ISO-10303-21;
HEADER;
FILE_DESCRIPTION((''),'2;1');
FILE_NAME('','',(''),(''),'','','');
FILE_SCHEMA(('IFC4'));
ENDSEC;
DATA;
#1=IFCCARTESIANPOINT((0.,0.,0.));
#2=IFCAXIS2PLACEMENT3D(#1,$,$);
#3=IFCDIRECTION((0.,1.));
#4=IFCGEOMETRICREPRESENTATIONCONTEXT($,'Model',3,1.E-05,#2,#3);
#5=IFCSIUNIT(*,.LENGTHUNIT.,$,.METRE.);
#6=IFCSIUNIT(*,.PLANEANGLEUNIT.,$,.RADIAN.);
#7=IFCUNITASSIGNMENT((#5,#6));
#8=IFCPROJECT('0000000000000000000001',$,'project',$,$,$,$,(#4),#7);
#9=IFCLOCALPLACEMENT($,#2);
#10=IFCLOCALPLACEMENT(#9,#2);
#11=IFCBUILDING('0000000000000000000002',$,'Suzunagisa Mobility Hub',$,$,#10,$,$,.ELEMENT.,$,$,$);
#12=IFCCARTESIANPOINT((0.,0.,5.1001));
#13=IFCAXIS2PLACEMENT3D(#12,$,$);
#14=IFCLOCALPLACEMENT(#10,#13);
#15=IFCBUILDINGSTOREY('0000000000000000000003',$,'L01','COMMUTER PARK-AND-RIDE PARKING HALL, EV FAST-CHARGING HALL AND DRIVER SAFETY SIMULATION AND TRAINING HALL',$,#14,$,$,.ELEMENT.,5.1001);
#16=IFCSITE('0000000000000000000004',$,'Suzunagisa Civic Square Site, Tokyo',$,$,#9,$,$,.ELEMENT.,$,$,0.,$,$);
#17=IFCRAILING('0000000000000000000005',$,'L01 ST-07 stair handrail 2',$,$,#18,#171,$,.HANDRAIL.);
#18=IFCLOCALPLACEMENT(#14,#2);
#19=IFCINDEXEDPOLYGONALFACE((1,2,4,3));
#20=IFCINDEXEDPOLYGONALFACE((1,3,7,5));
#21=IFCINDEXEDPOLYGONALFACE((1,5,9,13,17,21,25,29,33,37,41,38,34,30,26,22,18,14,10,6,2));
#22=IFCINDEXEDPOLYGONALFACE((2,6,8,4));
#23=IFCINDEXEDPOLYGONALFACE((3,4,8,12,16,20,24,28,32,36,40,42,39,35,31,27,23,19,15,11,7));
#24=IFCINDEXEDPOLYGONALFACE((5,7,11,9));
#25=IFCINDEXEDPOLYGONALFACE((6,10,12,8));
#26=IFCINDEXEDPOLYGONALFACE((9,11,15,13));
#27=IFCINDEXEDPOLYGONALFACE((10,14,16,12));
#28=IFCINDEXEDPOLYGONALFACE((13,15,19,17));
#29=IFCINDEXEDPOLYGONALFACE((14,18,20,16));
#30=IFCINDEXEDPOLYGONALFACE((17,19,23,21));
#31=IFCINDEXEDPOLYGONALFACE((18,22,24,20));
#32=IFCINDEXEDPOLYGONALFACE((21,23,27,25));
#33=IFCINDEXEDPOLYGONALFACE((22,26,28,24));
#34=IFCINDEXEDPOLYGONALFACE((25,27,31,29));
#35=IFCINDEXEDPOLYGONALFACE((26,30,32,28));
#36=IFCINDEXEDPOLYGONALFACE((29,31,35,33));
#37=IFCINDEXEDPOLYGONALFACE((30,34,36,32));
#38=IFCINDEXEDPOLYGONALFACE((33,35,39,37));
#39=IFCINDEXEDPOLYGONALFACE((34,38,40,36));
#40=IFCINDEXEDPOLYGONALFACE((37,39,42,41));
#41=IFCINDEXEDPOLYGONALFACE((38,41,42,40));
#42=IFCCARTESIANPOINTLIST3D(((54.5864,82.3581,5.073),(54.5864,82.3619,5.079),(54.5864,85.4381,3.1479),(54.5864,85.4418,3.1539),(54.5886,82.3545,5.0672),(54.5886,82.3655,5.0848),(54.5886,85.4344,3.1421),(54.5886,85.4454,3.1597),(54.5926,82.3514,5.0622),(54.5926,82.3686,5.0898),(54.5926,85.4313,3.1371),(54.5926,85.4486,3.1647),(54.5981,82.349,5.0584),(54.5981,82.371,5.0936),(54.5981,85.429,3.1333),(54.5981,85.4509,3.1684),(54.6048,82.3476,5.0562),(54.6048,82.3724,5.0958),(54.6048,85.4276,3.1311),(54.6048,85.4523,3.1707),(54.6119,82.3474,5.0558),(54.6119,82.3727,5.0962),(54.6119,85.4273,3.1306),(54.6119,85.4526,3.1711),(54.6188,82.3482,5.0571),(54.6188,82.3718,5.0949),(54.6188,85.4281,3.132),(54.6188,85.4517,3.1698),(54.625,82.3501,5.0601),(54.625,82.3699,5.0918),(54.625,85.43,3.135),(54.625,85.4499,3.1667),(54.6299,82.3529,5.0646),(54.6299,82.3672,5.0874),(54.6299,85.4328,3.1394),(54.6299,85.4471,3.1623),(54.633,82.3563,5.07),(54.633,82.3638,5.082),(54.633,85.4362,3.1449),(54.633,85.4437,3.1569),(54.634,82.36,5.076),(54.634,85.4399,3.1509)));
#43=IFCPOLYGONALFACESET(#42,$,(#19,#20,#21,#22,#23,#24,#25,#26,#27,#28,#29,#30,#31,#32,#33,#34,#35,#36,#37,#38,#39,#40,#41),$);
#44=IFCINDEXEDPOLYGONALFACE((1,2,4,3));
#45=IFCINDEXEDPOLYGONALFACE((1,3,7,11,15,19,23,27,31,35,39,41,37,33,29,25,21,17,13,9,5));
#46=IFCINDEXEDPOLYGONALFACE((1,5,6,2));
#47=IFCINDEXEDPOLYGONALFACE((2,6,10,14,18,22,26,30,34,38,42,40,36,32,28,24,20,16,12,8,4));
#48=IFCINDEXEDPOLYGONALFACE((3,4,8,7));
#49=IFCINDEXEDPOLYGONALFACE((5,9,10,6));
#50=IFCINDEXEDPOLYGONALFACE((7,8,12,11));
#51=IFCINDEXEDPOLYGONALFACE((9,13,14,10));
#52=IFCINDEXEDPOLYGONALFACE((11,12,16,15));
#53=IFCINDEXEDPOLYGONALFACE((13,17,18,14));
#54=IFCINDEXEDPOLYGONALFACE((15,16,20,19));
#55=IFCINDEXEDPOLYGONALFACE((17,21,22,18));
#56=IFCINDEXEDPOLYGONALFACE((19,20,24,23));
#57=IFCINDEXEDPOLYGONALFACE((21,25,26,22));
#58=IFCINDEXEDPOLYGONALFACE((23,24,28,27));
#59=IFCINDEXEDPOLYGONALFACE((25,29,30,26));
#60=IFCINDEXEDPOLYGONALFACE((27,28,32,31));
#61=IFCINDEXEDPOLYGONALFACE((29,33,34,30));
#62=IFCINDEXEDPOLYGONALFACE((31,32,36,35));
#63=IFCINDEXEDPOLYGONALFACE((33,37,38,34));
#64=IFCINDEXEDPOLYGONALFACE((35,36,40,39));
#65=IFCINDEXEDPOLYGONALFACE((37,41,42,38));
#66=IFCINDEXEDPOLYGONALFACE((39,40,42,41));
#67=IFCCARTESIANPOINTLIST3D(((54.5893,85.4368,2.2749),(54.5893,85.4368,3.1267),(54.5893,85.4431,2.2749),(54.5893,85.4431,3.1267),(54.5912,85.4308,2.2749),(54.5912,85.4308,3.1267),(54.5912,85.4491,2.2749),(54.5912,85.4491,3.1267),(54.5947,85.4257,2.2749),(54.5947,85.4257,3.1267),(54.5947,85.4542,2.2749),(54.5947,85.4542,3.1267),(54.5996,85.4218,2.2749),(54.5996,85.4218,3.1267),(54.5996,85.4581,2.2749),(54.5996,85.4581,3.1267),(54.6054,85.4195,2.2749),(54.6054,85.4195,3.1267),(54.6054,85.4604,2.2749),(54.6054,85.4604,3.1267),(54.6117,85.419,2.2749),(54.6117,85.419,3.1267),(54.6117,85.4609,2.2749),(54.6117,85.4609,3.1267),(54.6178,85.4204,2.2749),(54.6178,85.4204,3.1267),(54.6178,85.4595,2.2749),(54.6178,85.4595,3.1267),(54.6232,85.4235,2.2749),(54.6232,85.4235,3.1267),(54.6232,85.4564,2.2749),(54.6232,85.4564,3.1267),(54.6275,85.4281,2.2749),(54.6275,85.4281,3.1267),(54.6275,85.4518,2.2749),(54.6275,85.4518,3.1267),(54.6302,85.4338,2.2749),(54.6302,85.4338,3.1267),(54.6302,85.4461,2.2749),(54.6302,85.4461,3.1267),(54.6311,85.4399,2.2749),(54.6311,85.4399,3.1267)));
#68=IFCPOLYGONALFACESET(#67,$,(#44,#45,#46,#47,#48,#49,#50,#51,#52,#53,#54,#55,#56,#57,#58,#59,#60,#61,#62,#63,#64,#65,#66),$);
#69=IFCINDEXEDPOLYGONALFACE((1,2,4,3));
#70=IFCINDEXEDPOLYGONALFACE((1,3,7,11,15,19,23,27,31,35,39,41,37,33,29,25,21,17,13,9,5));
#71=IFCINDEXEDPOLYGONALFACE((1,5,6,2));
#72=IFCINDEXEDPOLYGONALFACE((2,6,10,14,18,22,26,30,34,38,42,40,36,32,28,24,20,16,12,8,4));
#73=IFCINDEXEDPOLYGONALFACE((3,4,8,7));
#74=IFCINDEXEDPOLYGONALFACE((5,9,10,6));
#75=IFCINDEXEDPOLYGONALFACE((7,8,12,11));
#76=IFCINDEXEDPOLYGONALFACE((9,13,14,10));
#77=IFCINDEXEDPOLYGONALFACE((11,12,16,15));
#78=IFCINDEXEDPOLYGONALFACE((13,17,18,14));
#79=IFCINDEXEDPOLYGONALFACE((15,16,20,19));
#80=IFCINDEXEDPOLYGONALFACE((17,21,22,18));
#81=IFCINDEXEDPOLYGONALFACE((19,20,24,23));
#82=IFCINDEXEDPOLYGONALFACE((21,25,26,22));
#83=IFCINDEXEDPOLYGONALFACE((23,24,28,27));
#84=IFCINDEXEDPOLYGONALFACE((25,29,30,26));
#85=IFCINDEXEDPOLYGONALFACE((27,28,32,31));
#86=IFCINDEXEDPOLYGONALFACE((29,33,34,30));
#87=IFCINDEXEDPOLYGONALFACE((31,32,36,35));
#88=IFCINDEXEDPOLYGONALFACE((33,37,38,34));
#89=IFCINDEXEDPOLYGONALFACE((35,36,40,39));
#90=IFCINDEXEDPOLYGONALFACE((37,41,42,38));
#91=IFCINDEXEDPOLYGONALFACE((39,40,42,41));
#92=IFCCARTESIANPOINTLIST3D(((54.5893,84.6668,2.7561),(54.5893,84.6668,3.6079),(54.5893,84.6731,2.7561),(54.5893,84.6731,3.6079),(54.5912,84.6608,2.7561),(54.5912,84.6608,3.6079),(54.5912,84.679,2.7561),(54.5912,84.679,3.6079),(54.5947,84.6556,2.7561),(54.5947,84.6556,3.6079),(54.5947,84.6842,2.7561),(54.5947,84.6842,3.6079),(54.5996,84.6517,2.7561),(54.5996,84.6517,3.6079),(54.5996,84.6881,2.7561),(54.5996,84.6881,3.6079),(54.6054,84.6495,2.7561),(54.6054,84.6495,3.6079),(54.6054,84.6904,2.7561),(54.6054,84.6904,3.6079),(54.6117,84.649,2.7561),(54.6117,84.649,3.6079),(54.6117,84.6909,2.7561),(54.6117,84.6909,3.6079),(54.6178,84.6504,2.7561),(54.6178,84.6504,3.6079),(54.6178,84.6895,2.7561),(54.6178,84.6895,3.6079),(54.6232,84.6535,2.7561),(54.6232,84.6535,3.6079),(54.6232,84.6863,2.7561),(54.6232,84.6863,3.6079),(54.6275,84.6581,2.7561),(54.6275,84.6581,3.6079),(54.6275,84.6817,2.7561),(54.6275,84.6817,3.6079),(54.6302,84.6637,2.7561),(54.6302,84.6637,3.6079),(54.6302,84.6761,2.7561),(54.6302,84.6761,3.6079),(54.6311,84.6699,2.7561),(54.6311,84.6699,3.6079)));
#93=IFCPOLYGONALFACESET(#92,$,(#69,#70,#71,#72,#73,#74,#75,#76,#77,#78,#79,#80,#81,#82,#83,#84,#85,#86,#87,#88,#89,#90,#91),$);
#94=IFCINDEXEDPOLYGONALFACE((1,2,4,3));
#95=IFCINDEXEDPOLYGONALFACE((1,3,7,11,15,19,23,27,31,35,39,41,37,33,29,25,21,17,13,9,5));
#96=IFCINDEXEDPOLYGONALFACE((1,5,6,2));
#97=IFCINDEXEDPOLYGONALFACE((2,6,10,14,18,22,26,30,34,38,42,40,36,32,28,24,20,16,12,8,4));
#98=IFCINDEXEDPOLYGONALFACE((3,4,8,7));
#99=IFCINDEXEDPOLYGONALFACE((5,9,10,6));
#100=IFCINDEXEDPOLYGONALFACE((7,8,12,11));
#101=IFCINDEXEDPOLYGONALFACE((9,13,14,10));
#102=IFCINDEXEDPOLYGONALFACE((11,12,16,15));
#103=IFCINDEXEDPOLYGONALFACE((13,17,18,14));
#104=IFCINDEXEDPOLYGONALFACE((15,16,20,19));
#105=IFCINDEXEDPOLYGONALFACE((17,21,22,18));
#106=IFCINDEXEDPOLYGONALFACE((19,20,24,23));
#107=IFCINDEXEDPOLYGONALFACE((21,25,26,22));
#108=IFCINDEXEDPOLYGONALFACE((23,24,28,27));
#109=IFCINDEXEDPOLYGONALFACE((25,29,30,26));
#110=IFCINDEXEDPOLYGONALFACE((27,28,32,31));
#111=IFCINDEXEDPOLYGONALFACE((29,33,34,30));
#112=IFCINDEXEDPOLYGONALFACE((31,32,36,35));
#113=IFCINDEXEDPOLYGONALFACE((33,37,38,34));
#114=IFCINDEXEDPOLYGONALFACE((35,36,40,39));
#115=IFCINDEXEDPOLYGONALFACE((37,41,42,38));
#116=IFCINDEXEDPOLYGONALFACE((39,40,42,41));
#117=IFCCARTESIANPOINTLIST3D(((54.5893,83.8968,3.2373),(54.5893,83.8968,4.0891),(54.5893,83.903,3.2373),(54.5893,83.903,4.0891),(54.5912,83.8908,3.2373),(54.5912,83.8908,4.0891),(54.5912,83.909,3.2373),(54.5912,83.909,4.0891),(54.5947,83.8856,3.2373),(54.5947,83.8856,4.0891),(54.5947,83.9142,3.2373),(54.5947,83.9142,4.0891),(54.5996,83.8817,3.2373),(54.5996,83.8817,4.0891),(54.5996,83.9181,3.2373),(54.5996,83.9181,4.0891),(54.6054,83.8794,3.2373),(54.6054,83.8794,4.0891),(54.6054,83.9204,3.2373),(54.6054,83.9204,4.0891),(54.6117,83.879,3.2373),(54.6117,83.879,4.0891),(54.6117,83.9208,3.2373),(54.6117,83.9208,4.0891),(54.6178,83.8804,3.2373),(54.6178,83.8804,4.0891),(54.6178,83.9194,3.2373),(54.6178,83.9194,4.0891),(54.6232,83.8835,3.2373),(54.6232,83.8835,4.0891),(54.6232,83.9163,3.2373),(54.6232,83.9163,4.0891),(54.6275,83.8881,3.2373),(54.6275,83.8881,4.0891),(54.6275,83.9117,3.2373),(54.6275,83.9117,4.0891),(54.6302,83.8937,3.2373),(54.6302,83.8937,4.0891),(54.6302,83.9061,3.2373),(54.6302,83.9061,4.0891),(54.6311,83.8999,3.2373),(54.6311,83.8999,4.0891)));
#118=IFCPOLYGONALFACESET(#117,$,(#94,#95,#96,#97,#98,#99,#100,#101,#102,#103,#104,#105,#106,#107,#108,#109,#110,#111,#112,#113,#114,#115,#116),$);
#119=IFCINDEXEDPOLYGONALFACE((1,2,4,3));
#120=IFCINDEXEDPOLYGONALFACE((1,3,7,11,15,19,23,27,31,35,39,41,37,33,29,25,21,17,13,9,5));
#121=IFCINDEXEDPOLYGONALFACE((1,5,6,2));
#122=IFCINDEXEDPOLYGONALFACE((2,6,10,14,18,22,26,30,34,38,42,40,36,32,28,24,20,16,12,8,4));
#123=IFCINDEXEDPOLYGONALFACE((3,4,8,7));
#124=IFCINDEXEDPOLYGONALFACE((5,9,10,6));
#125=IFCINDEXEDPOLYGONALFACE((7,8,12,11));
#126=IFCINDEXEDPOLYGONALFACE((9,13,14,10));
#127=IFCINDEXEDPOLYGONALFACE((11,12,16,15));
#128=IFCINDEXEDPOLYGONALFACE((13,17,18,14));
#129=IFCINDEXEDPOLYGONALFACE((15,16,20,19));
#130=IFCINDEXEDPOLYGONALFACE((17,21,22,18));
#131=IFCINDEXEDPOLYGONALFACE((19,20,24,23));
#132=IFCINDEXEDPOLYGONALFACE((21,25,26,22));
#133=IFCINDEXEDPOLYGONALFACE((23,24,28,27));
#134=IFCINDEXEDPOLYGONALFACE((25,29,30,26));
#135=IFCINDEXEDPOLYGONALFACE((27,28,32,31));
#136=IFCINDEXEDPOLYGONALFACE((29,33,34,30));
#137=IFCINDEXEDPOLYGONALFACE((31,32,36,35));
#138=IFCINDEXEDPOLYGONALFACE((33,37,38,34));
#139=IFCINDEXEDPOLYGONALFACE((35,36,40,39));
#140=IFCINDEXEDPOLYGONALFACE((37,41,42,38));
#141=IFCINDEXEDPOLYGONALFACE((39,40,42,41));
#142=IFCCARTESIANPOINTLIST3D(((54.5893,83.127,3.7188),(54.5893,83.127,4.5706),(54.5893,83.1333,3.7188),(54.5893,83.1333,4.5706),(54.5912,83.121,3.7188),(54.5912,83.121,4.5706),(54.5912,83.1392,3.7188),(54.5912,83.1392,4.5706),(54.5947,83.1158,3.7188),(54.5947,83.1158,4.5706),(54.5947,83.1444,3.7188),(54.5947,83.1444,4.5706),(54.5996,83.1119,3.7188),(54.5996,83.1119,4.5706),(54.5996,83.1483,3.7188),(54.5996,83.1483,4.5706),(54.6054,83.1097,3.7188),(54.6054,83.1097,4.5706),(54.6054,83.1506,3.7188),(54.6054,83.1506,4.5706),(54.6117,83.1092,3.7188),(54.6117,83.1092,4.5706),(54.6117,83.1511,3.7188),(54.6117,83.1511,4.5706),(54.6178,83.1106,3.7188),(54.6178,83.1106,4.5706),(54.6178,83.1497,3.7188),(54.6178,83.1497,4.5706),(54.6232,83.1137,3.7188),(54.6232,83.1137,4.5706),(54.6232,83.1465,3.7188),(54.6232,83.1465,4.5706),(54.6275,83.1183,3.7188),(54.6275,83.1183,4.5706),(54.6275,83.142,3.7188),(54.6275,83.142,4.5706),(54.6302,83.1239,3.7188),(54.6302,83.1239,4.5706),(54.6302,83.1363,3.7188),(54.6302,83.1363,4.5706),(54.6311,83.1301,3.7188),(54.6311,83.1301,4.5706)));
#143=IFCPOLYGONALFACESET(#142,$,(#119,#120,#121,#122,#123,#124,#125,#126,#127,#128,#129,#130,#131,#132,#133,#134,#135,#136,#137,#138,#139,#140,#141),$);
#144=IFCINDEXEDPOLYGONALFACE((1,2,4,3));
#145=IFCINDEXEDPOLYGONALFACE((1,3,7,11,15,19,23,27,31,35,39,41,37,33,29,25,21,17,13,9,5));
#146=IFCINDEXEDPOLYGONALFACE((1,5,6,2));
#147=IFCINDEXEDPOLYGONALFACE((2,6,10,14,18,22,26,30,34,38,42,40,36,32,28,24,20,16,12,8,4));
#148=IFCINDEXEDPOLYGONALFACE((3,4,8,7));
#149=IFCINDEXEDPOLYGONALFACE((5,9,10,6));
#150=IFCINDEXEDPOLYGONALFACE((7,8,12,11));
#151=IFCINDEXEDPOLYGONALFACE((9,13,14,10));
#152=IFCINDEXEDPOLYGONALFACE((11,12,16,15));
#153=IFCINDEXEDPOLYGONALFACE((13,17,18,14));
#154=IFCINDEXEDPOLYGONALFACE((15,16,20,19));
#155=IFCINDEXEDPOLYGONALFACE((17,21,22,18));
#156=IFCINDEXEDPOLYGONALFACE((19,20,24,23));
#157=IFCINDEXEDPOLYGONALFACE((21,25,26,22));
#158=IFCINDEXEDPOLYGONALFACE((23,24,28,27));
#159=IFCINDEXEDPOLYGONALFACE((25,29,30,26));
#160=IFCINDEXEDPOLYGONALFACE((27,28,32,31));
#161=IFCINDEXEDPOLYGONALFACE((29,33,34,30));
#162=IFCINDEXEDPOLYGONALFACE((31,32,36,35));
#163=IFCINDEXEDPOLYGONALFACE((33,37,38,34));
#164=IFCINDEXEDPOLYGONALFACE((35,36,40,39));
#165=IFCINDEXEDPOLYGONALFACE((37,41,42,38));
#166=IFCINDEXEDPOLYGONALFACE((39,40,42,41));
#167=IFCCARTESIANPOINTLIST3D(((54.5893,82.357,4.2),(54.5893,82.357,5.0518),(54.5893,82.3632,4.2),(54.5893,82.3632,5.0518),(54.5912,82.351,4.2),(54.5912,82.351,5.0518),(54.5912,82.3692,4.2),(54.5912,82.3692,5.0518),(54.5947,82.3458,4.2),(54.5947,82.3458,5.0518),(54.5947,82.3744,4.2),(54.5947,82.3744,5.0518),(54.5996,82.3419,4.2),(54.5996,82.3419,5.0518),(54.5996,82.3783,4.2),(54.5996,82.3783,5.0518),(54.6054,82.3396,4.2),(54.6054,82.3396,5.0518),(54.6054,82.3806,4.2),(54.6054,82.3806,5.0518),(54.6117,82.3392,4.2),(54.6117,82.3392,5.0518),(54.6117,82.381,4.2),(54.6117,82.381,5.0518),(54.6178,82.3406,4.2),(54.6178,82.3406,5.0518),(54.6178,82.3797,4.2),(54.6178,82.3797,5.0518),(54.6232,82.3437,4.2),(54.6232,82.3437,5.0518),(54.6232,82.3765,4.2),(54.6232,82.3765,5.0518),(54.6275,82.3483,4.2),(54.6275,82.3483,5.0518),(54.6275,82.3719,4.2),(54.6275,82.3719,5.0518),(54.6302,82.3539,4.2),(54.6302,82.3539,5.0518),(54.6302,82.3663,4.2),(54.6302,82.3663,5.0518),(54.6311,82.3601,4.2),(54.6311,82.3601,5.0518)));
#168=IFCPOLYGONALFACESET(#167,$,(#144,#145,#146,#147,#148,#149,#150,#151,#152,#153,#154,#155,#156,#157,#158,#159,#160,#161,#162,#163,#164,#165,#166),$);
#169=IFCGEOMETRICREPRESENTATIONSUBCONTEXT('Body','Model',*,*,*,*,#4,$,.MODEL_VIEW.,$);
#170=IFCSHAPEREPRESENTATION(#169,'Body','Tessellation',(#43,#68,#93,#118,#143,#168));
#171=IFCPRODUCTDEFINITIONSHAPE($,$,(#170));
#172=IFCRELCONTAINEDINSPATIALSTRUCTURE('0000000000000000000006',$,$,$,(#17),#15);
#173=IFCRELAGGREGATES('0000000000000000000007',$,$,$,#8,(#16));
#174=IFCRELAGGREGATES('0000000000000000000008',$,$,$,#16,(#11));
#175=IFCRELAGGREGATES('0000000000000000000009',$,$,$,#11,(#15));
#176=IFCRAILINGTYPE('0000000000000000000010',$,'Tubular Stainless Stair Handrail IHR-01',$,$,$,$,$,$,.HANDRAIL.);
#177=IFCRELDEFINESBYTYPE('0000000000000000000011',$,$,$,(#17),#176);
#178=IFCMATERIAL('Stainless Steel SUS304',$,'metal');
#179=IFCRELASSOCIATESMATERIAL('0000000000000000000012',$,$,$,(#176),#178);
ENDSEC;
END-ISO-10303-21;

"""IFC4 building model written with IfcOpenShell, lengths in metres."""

from ifc_helpers import new_model, si_unit, direction, frame, origin, origin_2d, place, context, subcontext, project, spatial, circle, extrude, material, type_object, element, save


model = new_model("IFC4")

# Units and contexts
model_context = context("Model", 3, precision=1e-05, world=origin(), true_north=direction((0.0, 1.0)))
body_context = subcontext(model_context, "Body", "Model", "MODEL_VIEW")
ifc_project = project(units=[si_unit("LENGTHUNIT", "METRE"), si_unit("PLANEANGLEUNIT", "RADIAN")], contexts=[model_context])

# Site, building, storey
site_placement = place(None, origin())
site = spatial("IfcSite", under=ifc_project, at=site_placement, Name="Suzunagisa Civic Square Site, Tokyo", CompositionType="ELEMENT", RefElevation=0.0)
building_placement = place(site_placement, origin())
building = spatial("IfcBuilding", under=site, at=building_placement, Name="Suzunagisa Mobility Hub", CompositionType="ELEMENT")
storey_placement = place(building_placement, frame((0.0, 0.0, 5.1001)))
storey = spatial("IfcBuildingStorey", under=building, at=storey_placement, Name="L01", Description="COMMUTER PARK-AND-RIDE PARKING HALL, EV FAST-CHARGING HALL AND DRIVER SAFETY SIMULATION AND TRAINING HALL", CompositionType="ELEMENT", Elevation=5.1001)

# Railing
ifc_material_1 = material(Name="Stainless Steel SUS304", Category="metal")
railing_type = type_object("IfcRailingType", Name="Tubular Stainless Stair Handrail IHR-01", PredefinedType="HANDRAIL", material=ifc_material_1)
railing_placement = place(storey_placement, frame((54.6101, 85.4399, 2.2749)))
element("IfcRailing", 1, at=railing_placement, inside=storey, type_object=railing_type, Name="L01 ST-07 stair handrail 2", PredefinedType="HANDRAIL", context=body_context, shape_type="SweptSolid", body=[
    extrude(circle(Radius=0.0239, at=origin_2d()), frame((0.0, 0.0, 0.876), z_axis=(0.0, -0.847979, 0.530029), x_axis=(1.0, 0.0, 0.0)), (0.0, 0.0, 1.0), 3.6321),
    extrude(circle(Radius=0.021, at=origin_2d()), origin(), (0.0, 0.0, 1.0), 0.8518),
    extrude(circle(Radius=0.021, at=origin_2d()), frame((0.0, -0.77, 0.4812)), (0.0, 0.0, 1.0), 0.8518),
    extrude(circle(Radius=0.021, at=origin_2d()), frame((0.0, -1.54, 0.9624)), (0.0, 0.0, 1.0), 0.8518),
    extrude(circle(Radius=0.021, at=origin_2d()), frame((0.0, -2.3098, 1.4438)), (0.0, 0.0, 1.0), 0.8518),
    extrude(circle(Radius=0.021, at=origin_2d()), frame((0.0, -3.0798, 1.925)), (0.0, 0.0, 1.0), 0.8518),
])

save(model, "model.ifc")
